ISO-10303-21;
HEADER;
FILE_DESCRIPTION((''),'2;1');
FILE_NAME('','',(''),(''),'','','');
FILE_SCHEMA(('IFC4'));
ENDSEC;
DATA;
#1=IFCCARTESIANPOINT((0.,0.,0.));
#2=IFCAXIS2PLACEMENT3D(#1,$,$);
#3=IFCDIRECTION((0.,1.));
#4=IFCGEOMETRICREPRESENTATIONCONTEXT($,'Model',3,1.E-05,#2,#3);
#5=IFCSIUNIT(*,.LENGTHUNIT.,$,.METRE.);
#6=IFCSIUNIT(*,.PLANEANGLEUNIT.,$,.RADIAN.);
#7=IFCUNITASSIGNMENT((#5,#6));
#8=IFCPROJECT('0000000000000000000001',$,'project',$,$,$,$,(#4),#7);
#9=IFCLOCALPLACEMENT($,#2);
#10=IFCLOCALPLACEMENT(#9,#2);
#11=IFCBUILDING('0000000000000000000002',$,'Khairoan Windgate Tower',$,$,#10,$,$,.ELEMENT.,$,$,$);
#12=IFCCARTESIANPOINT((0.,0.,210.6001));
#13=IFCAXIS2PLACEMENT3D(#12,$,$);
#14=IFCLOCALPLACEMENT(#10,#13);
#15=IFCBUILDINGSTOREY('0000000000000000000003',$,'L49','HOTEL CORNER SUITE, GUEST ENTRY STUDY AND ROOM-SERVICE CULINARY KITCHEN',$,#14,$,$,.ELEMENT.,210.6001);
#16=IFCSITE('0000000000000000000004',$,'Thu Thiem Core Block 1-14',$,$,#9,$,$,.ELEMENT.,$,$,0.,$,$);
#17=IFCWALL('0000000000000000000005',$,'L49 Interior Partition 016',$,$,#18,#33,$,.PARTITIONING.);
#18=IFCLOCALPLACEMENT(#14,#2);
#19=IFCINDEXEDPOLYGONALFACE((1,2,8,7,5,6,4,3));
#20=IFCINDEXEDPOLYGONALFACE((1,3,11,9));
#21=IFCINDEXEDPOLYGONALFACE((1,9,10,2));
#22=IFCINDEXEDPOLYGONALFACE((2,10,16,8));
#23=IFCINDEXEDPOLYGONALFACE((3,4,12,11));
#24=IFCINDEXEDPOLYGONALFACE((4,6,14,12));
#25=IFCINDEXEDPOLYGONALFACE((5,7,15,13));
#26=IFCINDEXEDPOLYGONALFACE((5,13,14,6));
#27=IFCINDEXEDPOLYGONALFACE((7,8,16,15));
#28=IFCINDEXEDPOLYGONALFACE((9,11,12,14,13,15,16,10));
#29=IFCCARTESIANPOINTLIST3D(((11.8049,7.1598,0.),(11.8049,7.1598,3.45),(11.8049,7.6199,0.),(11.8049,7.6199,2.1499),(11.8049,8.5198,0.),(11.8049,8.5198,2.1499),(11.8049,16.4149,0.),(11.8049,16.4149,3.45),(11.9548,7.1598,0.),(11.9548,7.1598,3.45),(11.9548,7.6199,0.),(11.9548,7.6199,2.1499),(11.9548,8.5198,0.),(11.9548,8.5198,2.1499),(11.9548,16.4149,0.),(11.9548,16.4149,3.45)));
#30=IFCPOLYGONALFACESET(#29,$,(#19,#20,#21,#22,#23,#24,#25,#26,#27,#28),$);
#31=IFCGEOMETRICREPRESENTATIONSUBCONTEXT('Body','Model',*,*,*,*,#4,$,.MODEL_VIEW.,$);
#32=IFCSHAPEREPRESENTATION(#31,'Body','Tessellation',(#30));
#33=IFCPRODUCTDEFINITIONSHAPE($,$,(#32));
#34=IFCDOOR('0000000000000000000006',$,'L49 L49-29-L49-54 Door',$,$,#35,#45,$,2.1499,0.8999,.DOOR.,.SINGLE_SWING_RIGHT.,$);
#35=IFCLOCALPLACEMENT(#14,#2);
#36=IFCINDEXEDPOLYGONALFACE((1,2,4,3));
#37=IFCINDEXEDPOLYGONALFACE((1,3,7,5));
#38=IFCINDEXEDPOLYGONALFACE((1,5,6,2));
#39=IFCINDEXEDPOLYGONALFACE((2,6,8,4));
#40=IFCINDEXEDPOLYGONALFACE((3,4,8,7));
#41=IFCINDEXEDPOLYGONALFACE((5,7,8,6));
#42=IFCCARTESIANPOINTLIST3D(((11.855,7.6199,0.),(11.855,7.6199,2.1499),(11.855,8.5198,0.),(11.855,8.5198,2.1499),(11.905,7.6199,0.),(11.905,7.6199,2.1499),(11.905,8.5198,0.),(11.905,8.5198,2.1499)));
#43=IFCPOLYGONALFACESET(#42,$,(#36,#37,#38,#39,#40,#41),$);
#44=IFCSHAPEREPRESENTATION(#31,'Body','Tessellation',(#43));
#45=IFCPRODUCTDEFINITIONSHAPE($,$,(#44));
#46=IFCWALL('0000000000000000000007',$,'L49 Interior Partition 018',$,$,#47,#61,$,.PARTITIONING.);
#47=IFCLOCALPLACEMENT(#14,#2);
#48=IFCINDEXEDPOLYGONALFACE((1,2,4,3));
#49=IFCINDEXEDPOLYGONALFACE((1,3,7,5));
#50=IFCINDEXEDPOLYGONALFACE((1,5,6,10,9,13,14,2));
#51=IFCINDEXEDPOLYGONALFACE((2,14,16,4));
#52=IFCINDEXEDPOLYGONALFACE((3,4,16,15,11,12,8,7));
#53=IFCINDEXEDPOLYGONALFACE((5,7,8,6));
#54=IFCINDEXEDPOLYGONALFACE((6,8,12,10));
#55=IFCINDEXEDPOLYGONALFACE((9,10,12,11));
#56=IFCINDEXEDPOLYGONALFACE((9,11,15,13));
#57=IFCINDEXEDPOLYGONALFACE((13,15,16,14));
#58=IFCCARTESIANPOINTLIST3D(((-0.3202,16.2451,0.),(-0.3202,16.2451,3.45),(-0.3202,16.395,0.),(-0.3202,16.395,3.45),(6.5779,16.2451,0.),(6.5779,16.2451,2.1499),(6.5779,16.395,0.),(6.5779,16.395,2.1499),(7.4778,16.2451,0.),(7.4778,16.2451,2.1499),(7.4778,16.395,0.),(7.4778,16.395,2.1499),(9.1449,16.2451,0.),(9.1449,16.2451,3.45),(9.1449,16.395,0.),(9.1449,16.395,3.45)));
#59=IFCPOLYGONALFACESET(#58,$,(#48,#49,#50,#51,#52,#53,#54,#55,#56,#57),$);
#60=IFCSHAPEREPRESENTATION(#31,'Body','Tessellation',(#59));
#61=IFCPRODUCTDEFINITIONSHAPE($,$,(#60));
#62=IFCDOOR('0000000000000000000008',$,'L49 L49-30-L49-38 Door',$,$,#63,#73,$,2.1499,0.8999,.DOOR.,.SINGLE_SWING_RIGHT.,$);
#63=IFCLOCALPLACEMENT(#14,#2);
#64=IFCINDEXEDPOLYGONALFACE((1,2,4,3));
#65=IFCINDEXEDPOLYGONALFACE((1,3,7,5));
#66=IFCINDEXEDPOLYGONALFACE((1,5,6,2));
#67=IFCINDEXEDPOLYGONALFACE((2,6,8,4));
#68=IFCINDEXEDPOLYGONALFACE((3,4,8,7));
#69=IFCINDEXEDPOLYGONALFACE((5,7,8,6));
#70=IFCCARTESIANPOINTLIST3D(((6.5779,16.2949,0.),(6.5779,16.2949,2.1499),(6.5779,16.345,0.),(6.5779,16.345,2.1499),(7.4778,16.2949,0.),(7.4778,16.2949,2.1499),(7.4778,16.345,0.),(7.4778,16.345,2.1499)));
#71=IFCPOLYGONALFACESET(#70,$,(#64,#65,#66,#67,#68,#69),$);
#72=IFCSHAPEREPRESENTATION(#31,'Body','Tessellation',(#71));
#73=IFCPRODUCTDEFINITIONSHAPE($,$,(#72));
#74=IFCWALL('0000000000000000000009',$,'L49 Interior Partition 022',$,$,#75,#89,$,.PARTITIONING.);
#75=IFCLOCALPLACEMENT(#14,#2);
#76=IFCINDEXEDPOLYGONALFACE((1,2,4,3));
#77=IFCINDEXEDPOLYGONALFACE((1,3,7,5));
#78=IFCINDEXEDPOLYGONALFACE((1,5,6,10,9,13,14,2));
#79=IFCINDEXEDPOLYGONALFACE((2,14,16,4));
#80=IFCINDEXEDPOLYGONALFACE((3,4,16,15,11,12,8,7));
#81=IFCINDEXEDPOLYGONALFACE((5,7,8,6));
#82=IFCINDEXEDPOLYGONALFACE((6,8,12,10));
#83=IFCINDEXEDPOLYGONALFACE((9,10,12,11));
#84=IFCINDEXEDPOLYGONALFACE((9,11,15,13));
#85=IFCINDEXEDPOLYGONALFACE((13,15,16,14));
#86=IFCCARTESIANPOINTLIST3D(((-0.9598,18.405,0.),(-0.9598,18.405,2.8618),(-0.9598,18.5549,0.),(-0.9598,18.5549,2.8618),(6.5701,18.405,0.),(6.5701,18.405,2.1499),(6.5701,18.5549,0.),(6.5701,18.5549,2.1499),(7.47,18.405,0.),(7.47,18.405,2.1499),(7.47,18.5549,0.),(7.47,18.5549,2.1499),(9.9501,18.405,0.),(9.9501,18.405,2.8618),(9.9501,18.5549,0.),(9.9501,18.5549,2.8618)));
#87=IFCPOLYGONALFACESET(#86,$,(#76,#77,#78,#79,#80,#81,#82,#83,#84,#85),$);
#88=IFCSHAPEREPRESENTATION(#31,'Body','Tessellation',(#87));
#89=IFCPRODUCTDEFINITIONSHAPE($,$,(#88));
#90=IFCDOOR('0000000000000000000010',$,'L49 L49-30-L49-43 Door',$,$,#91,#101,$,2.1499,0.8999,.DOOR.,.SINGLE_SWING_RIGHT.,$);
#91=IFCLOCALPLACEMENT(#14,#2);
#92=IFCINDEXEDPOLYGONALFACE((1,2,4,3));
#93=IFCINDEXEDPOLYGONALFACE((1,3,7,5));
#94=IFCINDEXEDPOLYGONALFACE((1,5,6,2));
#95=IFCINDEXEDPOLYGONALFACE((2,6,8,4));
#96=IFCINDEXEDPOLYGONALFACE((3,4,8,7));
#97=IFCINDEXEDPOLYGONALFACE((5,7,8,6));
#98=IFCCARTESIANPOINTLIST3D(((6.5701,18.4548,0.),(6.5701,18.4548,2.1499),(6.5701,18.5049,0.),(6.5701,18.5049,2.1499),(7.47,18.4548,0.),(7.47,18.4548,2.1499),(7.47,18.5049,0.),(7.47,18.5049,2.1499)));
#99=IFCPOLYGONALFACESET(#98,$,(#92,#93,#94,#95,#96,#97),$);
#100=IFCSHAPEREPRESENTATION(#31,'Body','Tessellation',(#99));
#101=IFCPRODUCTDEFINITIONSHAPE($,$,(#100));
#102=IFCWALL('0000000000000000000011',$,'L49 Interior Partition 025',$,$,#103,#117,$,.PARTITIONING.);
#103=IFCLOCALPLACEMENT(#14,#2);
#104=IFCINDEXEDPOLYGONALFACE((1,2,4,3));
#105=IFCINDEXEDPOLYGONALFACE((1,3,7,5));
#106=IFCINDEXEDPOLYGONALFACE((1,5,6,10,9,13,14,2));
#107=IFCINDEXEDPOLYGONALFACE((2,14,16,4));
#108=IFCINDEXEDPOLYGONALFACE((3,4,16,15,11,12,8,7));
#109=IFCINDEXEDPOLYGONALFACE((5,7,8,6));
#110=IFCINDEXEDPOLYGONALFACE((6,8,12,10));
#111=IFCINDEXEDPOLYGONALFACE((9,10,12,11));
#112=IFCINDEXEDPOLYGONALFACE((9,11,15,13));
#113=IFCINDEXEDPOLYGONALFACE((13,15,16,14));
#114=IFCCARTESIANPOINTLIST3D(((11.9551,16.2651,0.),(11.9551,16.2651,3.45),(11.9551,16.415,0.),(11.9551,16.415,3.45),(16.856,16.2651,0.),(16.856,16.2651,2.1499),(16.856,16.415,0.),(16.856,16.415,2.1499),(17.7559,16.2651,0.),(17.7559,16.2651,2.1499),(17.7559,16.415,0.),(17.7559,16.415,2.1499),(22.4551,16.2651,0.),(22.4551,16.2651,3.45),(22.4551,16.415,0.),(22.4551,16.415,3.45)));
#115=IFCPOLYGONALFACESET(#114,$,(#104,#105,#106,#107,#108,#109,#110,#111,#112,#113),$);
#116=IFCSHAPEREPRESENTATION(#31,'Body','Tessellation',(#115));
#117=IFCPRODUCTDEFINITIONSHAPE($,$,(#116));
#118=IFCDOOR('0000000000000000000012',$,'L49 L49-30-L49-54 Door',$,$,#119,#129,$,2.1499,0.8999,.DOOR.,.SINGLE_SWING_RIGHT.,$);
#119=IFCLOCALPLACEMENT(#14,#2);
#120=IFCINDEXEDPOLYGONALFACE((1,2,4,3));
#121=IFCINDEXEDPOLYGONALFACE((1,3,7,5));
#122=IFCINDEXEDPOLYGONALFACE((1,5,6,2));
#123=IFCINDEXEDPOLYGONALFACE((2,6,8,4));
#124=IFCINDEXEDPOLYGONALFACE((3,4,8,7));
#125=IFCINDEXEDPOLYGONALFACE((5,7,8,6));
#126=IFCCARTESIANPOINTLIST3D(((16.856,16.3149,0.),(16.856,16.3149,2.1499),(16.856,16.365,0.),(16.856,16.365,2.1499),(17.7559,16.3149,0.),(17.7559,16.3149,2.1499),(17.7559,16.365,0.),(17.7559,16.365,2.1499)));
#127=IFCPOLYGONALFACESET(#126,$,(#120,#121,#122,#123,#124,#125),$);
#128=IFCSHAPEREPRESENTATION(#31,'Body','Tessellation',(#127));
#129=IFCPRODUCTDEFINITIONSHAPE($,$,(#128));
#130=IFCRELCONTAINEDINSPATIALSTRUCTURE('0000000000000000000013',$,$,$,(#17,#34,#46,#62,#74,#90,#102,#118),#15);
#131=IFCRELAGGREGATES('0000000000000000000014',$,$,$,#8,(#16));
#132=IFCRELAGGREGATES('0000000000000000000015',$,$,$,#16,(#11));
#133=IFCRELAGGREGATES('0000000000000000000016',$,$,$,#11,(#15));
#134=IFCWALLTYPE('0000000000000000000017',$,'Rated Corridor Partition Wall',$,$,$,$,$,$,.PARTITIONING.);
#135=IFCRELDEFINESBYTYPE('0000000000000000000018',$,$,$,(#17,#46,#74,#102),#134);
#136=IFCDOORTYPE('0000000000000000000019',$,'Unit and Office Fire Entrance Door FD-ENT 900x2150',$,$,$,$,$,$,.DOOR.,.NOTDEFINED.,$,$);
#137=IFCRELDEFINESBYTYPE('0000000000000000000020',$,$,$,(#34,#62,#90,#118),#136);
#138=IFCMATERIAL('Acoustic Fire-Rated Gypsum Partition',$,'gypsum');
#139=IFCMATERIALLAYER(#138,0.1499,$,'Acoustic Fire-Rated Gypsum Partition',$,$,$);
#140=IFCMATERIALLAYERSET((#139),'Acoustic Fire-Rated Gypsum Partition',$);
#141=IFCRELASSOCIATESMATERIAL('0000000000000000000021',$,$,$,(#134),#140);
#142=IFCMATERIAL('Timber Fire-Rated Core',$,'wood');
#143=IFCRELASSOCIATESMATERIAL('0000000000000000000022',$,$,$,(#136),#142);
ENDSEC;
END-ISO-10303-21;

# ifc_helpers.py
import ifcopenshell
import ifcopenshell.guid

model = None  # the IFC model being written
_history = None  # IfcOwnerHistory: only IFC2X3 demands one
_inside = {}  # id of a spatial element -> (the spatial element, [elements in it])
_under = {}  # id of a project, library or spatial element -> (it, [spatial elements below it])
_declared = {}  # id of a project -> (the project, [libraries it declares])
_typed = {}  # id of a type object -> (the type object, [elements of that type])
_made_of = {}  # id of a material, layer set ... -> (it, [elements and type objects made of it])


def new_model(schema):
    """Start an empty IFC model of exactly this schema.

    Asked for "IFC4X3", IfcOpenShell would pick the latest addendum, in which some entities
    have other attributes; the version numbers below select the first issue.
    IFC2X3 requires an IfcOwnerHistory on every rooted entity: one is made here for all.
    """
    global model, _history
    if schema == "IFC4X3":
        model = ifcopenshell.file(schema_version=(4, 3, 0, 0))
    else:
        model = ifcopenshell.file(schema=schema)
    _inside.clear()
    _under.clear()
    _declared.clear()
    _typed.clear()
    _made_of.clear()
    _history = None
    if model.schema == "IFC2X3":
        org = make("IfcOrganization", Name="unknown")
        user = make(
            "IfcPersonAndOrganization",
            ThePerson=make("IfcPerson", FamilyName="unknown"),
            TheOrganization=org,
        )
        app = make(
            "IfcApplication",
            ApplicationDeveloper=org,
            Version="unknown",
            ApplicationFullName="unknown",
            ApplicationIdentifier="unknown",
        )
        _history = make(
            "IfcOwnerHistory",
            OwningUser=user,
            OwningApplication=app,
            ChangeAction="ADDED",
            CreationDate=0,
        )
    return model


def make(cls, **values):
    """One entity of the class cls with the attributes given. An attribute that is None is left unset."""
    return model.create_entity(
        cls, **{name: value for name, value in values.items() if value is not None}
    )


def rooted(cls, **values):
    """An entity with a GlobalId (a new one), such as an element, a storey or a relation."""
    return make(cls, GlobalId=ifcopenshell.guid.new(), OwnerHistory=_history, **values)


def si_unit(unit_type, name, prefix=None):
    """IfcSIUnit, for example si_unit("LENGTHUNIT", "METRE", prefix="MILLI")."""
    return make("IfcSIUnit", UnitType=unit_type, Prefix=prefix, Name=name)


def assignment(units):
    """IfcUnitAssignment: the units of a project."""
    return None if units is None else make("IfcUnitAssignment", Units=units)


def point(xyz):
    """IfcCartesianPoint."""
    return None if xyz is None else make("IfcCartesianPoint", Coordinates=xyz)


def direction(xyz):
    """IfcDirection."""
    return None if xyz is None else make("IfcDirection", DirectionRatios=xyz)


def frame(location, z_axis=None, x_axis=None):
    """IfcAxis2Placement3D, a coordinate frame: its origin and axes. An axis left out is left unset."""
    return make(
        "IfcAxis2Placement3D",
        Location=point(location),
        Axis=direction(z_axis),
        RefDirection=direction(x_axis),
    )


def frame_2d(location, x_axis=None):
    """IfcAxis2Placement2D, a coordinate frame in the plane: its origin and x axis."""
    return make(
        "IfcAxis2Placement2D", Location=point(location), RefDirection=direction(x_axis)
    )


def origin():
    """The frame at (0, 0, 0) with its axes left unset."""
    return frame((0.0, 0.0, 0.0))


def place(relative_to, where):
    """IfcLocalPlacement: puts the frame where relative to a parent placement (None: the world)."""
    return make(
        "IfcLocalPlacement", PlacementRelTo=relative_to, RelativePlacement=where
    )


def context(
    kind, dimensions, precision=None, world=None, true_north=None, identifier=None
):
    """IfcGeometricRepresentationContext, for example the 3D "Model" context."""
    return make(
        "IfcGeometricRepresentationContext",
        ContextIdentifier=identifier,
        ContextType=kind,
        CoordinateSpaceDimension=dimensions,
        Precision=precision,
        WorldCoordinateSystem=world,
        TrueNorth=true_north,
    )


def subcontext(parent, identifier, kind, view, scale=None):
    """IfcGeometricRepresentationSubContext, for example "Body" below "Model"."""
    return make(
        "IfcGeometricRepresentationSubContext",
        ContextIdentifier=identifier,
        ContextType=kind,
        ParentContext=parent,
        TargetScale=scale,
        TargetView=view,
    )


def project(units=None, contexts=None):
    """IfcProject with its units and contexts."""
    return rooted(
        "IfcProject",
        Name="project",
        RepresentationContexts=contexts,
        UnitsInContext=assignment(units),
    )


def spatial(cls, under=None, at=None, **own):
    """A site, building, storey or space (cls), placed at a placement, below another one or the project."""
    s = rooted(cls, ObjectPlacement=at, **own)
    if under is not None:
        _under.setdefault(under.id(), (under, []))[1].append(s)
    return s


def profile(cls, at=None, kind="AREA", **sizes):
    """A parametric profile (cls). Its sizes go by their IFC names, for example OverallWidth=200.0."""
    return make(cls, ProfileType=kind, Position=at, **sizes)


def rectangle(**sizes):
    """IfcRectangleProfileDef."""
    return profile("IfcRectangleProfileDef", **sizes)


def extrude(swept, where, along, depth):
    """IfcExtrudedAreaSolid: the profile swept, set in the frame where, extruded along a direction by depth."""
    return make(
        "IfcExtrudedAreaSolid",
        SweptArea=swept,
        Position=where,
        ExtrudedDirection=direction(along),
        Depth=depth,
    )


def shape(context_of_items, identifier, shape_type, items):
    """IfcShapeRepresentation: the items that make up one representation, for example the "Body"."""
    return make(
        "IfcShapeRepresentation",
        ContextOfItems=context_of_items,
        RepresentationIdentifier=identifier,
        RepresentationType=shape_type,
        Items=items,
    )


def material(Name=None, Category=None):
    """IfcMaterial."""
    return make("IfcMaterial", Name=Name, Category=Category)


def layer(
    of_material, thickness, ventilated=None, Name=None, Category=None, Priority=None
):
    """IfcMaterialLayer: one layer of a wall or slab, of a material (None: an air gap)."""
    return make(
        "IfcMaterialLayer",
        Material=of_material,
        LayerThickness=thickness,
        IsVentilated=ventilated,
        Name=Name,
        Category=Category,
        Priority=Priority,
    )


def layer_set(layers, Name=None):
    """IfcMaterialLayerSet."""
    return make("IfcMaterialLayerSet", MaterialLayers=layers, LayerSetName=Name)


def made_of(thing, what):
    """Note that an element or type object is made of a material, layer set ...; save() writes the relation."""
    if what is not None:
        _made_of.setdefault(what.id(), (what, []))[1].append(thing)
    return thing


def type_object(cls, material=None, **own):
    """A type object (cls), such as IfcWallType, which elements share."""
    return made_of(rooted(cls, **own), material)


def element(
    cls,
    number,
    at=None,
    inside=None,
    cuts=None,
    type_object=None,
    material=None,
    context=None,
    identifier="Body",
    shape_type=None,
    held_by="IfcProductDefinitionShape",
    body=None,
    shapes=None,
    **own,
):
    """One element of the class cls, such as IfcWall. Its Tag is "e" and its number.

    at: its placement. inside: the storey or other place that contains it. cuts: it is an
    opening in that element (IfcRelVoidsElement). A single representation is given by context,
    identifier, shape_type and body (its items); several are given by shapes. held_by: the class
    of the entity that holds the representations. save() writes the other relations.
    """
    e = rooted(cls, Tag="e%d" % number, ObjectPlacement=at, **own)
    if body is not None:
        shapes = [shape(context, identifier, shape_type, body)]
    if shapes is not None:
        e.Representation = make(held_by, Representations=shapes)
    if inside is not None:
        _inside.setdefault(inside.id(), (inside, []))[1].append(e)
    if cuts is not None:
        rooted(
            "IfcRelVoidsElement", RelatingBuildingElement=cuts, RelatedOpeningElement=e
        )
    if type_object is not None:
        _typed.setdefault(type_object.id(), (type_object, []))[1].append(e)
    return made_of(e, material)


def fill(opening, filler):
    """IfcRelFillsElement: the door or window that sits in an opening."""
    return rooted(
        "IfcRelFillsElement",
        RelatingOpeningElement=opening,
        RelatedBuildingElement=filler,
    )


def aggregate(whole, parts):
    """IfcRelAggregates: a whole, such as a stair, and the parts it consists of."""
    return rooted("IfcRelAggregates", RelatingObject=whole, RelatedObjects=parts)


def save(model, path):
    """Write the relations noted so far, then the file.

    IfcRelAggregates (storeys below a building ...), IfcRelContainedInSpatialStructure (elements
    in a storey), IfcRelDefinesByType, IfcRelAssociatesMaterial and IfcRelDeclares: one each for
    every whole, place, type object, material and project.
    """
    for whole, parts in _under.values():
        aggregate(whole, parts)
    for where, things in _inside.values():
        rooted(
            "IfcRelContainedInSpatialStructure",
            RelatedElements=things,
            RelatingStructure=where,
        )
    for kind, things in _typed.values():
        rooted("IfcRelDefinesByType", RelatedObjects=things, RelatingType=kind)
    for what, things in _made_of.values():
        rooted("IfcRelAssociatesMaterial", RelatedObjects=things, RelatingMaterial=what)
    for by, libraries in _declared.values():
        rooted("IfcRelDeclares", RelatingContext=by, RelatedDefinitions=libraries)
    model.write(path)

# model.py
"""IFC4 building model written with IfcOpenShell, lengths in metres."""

from ifc_helpers import new_model, si_unit, direction, frame, frame_2d, origin, place, context, subcontext, project, spatial, rectangle, extrude, material, layer, layer_set, type_object, element, fill, save


model = new_model("IFC4")

# Units and contexts
model_context = context("Model", 3, precision=1e-05, world=origin(), true_north=direction((0.0, 1.0)))
body_context = subcontext(model_context, "Body", "Model", "MODEL_VIEW")
ifc_project = project(units=[si_unit("LENGTHUNIT", "METRE"), si_unit("PLANEANGLEUNIT", "RADIAN")], contexts=[model_context])

# Site, building, storey
site_placement = place(None, origin())
site = spatial("IfcSite", under=ifc_project, at=site_placement, Name="Thu Thiem Core Block 1-14", CompositionType="ELEMENT", RefElevation=0.0)
building_placement = place(site_placement, origin())
building = spatial("IfcBuilding", under=site, at=building_placement, Name="Khairoan Windgate Tower", CompositionType="ELEMENT")
storey_placement = place(building_placement, frame((0.0, 0.0, 210.6001)))
storey = spatial("IfcBuildingStorey", under=building, at=storey_placement, Name="L49", Description="HOTEL CORNER SUITE, GUEST ENTRY STUDY AND ROOM-SERVICE CULINARY KITCHEN", CompositionType="ELEMENT", Elevation=210.6001)

# Walls, openings, doors
ifc_material_1 = material(Name="Acoustic Fire-Rated Gypsum Partition", Category="gypsum")
ifc_layer_1 = layer(ifc_material_1, 0.1499, Name="Acoustic Fire-Rated Gypsum Partition")
ifc_layer_set_1 = layer_set([ifc_layer_1], Name="Acoustic Fire-Rated Gypsum Partition")
wall_type_1 = type_object("IfcWallType", Name="Rated Corridor Partition Wall", PredefinedType="PARTITIONING", material=ifc_layer_set_1)
ifc_material_2 = material(Name="Timber Fire-Rated Core", Category="wood")
door_type = type_object("IfcDoorType", Name="Unit and Office Fire Entrance Door FD-ENT 900x2150", OperationType="NOTDEFINED", PredefinedType="DOOR", material=ifc_material_2)
wall_1_placement = place(storey_placement, frame((11.8799, 7.1599, 0.0), z_axis=(0.0, 0.0, 1.0), x_axis=(0.0, 1.0, 0.0)))
wall_1 = element("IfcWall", 1, at=wall_1_placement, inside=storey, type_object=wall_type_1, Name="L49 Interior Partition 016", PredefinedType="PARTITIONING", context=body_context, shape_type="SweptSolid", body=[
    extrude(rectangle(XDim=9.2551, YDim=0.1499, at=frame_2d((4.6274, 0.0))), origin(), (0.0, 0.0, 1.0), 3.45),
])
opening_1_placement = place(wall_1_placement, frame((0.46, 0.0, 0.0)))
opening_1 = element("IfcOpeningElement", 2, at=opening_1_placement, cuts=wall_1, PredefinedType="OPENING", context=body_context, shape_type="SweptSolid", body=[
    extrude(rectangle(XDim=0.8999, YDim=2.1499, at=frame_2d((0.45, 1.075))), frame((0.0, 0.085, 0.0), z_axis=(0.0, -1.0, 0.0), x_axis=(1.0, 0.0, 0.0)), (0.0, 0.0, 1.0), 0.1699),
])
door_1_placement = place(opening_1_placement, origin())
door_1 = element("IfcDoor", 3, at=door_1_placement, inside=storey, type_object=door_type, Name="L49 L49-29-L49-54 Door", OperationType="SINGLE_SWING_RIGHT", OverallHeight=2.1499, OverallWidth=0.8999, PredefinedType="DOOR", context=body_context, shape_type="SweptSolid", body=[
    extrude(rectangle(XDim=0.8999, YDim=2.1499, at=frame_2d((0.45, 1.075))), frame((0.0, 0.0249, 0.0), z_axis=(0.0, -1.0, 0.0), x_axis=(1.0, 0.0, 0.0)), (0.0, 0.0, 1.0), 0.05),
])
fill(opening_1, door_1)
wall_2_placement = place(storey_placement, frame((-0.3201, 16.3201, 0.0), z_axis=(0.0, 0.0, 1.0), x_axis=(1.0, 0.0, 0.0)))
wall_2 = element("IfcWall", 4, at=wall_2_placement, inside=storey, type_object=wall_type_1, Name="L49 Interior Partition 018", PredefinedType="PARTITIONING", context=body_context, shape_type="SweptSolid", body=[
    extrude(rectangle(XDim=9.4651, YDim=0.1499, at=frame_2d((4.7324, 0.0))), origin(), (0.0, 0.0, 1.0), 3.45),
])
opening_2_placement = place(wall_2_placement, frame((6.8979, 0.0, 0.0)))
opening_2 = element("IfcOpeningElement", 5, at=opening_2_placement, cuts=wall_2, PredefinedType="OPENING", context=body_context, shape_type="SweptSolid", body=[
    extrude(rectangle(XDim=0.8999, YDim=2.1499, at=frame_2d((0.45, 1.075))), frame((0.0, 0.085, 0.0), z_axis=(0.0, -1.0, 0.0), x_axis=(1.0, 0.0, 0.0)), (0.0, 0.0, 1.0), 0.1699),
])
door_2_placement = place(opening_2_placement, origin())
door_2 = element("IfcDoor", 6, at=door_2_placement, inside=storey, type_object=door_type, Name="L49 L49-30-L49-38 Door", OperationType="SINGLE_SWING_RIGHT", OverallHeight=2.1499, OverallWidth=0.8999, PredefinedType="DOOR", context=body_context, shape_type="SweptSolid", body=[
    extrude(rectangle(XDim=0.8999, YDim=2.1499, at=frame_2d((0.45, 1.075))), frame((0.0, 0.0249, 0.0), z_axis=(0.0, -1.0, 0.0), x_axis=(1.0, 0.0, 0.0)), (0.0, 0.0, 1.0), 0.05),
])
fill(opening_2, door_2)
wall_3_placement = place(storey_placement, frame((-0.96, 18.48, 0.0), z_axis=(0.0, 0.0, 1.0), x_axis=(1.0, 0.0, 0.0)))
wall_3 = element("IfcWall", 7, at=wall_3_placement, inside=storey, type_object=wall_type_1, Name="L49 Interior Partition 022", PredefinedType="PARTITIONING", context=body_context, shape_type="SweptSolid", body=[
    extrude(rectangle(XDim=10.9099, YDim=0.1499, at=frame_2d((5.4551, 0.0))), origin(), (0.0, 0.0, 1.0), 2.8618),
])
opening_3_placement = place(wall_3_placement, frame((7.53, 0.0, 0.0)))
opening_3 = element("IfcOpeningElement", 8, at=opening_3_placement, cuts=wall_3, PredefinedType="OPENING", context=body_context, shape_type="SweptSolid", body=[
    extrude(rectangle(XDim=0.8999, YDim=2.1499, at=frame_2d((0.45, 1.075))), frame((0.0, 0.085, 0.0), z_axis=(0.0, -1.0, 0.0), x_axis=(1.0, 0.0, 0.0)), (0.0, 0.0, 1.0), 0.1699),
])
door_3_placement = place(opening_3_placement, origin())
door_3 = element("IfcDoor", 9, at=door_3_placement, inside=storey, type_object=door_type, Name="L49 L49-30-L49-43 Door", OperationType="SINGLE_SWING_RIGHT", OverallHeight=2.1499, OverallWidth=0.8999, PredefinedType="DOOR", context=body_context, shape_type="SweptSolid", body=[
    extrude(rectangle(XDim=0.8999, YDim=2.1499, at=frame_2d((0.45, 1.075))), frame((0.0, 0.0249, 0.0), z_axis=(0.0, -1.0, 0.0), x_axis=(1.0, 0.0, 0.0)), (0.0, 0.0, 1.0), 0.05),
])
fill(opening_3, door_3)
wall_4_placement = place(storey_placement, frame((11.9551, 16.3401, 0.0), z_axis=(0.0, 0.0, 1.0), x_axis=(1.0, 0.0, 0.0)))
wall_4 = element("IfcWall", 10, at=wall_4_placement, inside=storey, type_object=wall_type_1, Name="L49 Interior Partition 025", PredefinedType="PARTITIONING", context=body_context, shape_type="SweptSolid", body=[
    extrude(rectangle(XDim=10.5, YDim=0.1499, at=frame_2d((5.25, 0.0))), origin(), (0.0, 0.0, 1.0), 3.45),
])
opening_4_placement = place(wall_4_placement, frame((4.9009, 0.0, 0.0)))
opening_4 = element("IfcOpeningElement", 11, at=opening_4_placement, cuts=wall_4, PredefinedType="OPENING", context=body_context, shape_type="SweptSolid", body=[
    extrude(rectangle(XDim=0.8999, YDim=2.1499, at=frame_2d((0.45, 1.075))), frame((0.0, 0.085, 0.0), z_axis=(0.0, -1.0, 0.0), x_axis=(1.0, 0.0, 0.0)), (0.0, 0.0, 1.0), 0.1699),
])
door_4_placement = place(opening_4_placement, origin())
door_4 = element("IfcDoor", 12, at=door_4_placement, inside=storey, type_object=door_type, Name="L49 L49-30-L49-54 Door", OperationType="SINGLE_SWING_RIGHT", OverallHeight=2.1499, OverallWidth=0.8999, PredefinedType="DOOR", context=body_context, shape_type="SweptSolid", body=[
    extrude(rectangle(XDim=0.8999, YDim=2.1499, at=frame_2d((0.45, 1.075))), frame((0.0, 0.0249, 0.0), z_axis=(0.0, -1.0, 0.0), x_axis=(1.0, 0.0, 0.0)), (0.0, 0.0, 1.0), 0.05),
])
fill(opening_4, door_4)

save(model, "model.ifc")
